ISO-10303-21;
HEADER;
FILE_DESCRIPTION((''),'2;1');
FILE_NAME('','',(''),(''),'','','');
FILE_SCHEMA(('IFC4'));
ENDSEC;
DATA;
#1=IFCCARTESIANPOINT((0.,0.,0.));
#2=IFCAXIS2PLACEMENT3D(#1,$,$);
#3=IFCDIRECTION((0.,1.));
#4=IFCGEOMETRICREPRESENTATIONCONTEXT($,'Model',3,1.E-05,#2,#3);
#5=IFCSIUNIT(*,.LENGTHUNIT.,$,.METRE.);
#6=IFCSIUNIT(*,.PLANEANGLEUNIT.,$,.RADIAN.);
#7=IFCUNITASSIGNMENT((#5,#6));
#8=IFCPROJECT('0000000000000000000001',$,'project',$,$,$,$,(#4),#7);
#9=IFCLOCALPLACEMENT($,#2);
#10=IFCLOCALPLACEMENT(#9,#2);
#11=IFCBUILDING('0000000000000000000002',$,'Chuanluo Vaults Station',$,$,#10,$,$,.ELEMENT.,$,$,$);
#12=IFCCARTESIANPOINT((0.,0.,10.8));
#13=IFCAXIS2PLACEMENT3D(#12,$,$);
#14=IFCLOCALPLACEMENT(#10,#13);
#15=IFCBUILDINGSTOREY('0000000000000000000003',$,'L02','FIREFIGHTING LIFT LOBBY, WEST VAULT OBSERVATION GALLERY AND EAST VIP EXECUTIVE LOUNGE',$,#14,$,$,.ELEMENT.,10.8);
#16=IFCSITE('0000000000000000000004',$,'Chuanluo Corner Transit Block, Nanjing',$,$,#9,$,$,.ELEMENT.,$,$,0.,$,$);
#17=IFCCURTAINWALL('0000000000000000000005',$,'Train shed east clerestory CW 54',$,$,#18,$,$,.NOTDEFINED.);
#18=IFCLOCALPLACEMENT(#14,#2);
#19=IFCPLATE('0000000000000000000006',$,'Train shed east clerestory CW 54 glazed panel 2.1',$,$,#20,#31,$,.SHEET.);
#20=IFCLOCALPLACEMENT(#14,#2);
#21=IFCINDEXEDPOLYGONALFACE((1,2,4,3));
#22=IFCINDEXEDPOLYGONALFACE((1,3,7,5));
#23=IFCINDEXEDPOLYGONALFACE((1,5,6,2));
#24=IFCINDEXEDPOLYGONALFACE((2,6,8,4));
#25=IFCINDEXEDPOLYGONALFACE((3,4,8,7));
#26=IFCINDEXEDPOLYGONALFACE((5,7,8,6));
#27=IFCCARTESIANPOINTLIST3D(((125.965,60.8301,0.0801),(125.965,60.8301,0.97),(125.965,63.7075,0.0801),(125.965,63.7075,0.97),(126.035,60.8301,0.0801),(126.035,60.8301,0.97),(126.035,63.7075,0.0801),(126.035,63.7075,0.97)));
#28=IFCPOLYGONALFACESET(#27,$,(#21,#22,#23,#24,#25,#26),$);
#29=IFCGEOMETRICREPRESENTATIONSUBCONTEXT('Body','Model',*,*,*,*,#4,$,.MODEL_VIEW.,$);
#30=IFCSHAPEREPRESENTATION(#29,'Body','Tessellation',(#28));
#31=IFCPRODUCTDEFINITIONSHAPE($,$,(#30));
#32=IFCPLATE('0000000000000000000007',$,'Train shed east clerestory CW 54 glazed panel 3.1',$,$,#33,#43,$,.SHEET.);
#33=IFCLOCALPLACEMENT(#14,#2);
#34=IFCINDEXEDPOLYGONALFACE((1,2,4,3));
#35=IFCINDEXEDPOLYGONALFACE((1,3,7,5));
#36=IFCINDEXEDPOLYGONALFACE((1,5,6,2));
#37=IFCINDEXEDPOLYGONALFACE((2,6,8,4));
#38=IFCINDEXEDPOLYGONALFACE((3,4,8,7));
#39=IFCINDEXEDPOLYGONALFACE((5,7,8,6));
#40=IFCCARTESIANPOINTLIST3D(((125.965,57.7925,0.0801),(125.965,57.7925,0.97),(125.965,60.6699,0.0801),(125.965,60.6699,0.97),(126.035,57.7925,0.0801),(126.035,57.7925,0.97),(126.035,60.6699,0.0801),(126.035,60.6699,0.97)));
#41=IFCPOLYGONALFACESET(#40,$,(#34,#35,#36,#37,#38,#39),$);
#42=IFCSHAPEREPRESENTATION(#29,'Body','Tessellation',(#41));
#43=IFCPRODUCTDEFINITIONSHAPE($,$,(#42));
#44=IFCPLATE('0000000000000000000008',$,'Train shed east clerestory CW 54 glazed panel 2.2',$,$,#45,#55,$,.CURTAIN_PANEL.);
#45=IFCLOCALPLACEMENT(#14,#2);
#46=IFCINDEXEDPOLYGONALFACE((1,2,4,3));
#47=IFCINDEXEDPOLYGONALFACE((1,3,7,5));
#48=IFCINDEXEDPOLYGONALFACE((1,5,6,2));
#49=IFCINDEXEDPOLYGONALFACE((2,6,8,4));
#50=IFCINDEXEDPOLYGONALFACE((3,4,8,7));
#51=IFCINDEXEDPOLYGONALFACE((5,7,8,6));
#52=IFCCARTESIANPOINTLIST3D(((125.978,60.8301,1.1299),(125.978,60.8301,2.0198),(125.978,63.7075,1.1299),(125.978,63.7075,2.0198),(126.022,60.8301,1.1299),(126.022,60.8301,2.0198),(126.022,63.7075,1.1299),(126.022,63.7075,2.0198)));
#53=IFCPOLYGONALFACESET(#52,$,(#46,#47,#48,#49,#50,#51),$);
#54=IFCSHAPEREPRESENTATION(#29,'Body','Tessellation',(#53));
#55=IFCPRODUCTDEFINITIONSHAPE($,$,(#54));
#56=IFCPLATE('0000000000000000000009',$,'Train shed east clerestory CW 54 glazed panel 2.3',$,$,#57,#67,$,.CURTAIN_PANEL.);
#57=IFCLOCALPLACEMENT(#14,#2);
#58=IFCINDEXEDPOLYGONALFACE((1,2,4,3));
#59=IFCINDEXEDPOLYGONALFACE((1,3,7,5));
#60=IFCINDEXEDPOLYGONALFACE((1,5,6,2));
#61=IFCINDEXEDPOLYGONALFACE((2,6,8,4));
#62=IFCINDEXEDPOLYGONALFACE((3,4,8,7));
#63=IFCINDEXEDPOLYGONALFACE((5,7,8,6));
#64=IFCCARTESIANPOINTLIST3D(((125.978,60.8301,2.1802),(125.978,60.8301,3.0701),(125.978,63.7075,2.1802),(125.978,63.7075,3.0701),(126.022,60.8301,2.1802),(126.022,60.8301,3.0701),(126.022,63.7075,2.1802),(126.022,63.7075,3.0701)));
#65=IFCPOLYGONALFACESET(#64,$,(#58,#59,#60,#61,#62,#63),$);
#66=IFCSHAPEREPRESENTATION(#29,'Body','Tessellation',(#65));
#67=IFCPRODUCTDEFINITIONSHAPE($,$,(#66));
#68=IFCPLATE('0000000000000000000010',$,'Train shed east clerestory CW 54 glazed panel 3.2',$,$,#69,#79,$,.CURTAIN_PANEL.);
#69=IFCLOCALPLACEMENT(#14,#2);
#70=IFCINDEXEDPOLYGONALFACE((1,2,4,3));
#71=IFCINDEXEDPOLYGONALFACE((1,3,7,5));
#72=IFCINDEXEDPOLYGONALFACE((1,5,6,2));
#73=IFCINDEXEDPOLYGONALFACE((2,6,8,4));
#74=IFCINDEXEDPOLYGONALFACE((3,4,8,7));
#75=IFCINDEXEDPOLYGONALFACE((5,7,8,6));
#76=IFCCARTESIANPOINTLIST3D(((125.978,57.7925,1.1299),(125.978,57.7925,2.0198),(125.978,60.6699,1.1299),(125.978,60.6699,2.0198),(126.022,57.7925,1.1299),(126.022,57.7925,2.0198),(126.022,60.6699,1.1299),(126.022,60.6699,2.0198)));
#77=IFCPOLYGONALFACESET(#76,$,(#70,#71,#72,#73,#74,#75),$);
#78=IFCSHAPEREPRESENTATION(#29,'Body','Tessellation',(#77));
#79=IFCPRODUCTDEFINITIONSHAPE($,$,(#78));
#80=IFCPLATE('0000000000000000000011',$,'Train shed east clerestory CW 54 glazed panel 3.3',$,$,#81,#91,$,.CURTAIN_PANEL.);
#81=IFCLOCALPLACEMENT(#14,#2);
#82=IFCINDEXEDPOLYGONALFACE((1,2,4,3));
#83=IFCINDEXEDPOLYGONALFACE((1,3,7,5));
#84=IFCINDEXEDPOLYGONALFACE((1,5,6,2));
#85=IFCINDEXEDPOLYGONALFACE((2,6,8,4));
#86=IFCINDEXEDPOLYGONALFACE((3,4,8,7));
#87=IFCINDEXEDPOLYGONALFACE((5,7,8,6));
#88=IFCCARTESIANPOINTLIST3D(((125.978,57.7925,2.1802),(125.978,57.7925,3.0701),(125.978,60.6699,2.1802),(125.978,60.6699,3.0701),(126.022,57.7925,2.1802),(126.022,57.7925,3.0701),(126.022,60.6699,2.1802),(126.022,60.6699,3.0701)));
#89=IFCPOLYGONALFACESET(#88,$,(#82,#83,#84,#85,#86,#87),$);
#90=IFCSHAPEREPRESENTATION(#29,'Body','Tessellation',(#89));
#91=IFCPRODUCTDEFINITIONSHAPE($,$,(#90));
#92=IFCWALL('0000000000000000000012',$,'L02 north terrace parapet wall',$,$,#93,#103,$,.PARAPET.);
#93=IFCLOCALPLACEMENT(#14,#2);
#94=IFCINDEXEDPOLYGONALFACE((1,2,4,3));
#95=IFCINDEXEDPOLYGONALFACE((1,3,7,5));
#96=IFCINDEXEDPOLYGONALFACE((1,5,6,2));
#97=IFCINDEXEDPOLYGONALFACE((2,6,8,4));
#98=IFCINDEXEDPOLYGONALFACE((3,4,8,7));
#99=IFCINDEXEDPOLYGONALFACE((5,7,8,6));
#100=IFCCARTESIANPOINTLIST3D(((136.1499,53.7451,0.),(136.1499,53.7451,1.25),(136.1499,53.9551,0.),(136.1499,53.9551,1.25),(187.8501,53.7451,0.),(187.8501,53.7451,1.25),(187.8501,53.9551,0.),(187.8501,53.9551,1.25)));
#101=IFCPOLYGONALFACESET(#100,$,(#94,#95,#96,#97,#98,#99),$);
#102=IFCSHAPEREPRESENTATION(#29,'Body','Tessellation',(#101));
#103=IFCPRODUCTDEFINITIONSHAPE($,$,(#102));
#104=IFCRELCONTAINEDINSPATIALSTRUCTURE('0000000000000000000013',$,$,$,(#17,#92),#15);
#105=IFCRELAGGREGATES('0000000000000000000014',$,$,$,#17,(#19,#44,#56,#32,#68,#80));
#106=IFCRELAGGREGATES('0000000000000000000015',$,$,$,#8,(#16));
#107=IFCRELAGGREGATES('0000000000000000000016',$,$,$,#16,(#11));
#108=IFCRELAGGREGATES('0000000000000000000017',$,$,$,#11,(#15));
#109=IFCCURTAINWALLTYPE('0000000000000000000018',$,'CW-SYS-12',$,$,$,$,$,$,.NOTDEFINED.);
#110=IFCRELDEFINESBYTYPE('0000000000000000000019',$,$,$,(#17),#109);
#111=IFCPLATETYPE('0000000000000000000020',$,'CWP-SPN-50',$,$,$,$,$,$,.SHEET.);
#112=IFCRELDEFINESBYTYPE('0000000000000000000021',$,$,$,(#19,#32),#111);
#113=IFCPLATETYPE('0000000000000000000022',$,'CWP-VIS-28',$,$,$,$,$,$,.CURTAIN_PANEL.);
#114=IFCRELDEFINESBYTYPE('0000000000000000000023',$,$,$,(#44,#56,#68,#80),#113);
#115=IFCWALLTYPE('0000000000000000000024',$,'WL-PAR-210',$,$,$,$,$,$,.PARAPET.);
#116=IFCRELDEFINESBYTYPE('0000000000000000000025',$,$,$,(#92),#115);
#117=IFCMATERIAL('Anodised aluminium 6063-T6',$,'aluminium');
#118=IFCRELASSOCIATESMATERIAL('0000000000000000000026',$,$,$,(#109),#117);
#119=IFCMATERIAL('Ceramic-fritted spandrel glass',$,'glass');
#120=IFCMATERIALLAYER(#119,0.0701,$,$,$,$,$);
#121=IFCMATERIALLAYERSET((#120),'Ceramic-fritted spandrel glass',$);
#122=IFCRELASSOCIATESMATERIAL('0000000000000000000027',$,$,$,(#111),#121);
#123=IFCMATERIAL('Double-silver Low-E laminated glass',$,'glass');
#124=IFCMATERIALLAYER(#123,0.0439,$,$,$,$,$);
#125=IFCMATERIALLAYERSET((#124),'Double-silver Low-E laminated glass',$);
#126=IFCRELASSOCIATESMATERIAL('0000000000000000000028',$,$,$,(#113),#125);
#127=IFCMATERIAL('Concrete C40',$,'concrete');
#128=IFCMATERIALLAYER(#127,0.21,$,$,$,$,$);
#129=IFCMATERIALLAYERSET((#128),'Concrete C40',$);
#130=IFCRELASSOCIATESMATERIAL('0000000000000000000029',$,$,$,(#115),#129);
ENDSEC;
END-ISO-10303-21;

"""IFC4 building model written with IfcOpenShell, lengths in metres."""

from ifc_helpers import new_model, si_unit, direction, frame, frame_2d, origin, origin_2d, place, context, subcontext, project, spatial, rectangle, extrude, material, layer, layer_set, type_object, element, aggregate, save


model = new_model("IFC4")

# Units and contexts
model_context = context("Model", 3, precision=1e-05, world=origin(), true_north=direction((0.0, 1.0)))
body_context = subcontext(model_context, "Body", "Model", "MODEL_VIEW")
ifc_project = project(units=[si_unit("LENGTHUNIT", "METRE"), si_unit("PLANEANGLEUNIT", "RADIAN")], contexts=[model_context])

# Site, building, storey
site_placement = place(None, origin())
site = spatial("IfcSite", under=ifc_project, at=site_placement, Name="Chuanluo Corner Transit Block, Nanjing", CompositionType="ELEMENT", RefElevation=0.0)
building_placement = place(site_placement, origin())
building = spatial("IfcBuilding", under=site, at=building_placement, Name="Chuanluo Vaults Station", CompositionType="ELEMENT")
storey_placement = place(building_placement, frame((0.0, 0.0, 10.8)))
storey = spatial("IfcBuildingStorey", under=building, at=storey_placement, Name="L02", Description="FIREFIGHTING LIFT LOBBY, WEST VAULT OBSERVATION GALLERY AND EAST VIP EXECUTIVE LOUNGE", CompositionType="ELEMENT", Elevation=10.8)

# Curtain wall, plates
ifc_material_1 = material(Name="Anodised aluminium 6063-T6", Category="aluminium")
curtain_wall_type = type_object("IfcCurtainWallType", Name="CW-SYS-12", PredefinedType="NOTDEFINED", material=ifc_material_1)
curtain_wall_placement = place(storey_placement, origin())
curtain_wall = element("IfcCurtainWall", 1, at=curtain_wall_placement, inside=storey, type_object=curtain_wall_type, Name="Train shed east clerestory CW 54", PredefinedType="NOTDEFINED")
ifc_material_2 = material(Name="Ceramic-fritted spandrel glass", Category="glass")
ifc_layer_1 = layer(ifc_material_2, 0.0701)
ifc_layer_set_1 = layer_set([ifc_layer_1], Name="Ceramic-fritted spandrel glass")
plate_type_1 = type_object("IfcPlateType", Name="CWP-SPN-50", PredefinedType="SHEET", material=ifc_layer_set_1)
plate_1_placement = place(storey_placement, frame((126.0, 62.2688, 0.0801), z_axis=(0.0, 0.0, 1.0), x_axis=(0.0, -1.0, 0.0)))
plate_1 = element("IfcPlate", 2, at=plate_1_placement, type_object=plate_type_1, Name="Train shed east clerestory CW 54 glazed panel 2.1", PredefinedType="SHEET", context=body_context, shape_type="SweptSolid", body=[
    extrude(rectangle(XDim=2.8774, YDim=0.0701, at=origin_2d()), origin(), (0.0, 0.0, 1.0), 0.8899),
])
plate_2_placement = place(storey_placement, frame((126.0, 59.2312, 0.0801), z_axis=(0.0, 0.0, 1.0), x_axis=(0.0, -1.0, 0.0)))
plate_2 = element("IfcPlate", 3, at=plate_2_placement, type_object=plate_type_1, Name="Train shed east clerestory CW 54 glazed panel 3.1", PredefinedType="SHEET", context=body_context, shape_type="SweptSolid", body=[
    extrude(rectangle(XDim=2.8774, YDim=0.0701, at=origin_2d()), origin(), (0.0, 0.0, 1.0), 0.8899),
])
ifc_material_3 = material(Name="Double-silver Low-E laminated glass", Category="glass")
ifc_layer_2 = layer(ifc_material_3, 0.0439)
ifc_layer_set_2 = layer_set([ifc_layer_2], Name="Double-silver Low-E laminated glass")
plate_type_2 = type_object("IfcPlateType", Name="CWP-VIS-28", PredefinedType="CURTAIN_PANEL", material=ifc_layer_set_2)
plate_3_placement = place(storey_placement, frame((126.0, 62.2688, 1.1299), z_axis=(0.0, 0.0, 1.0), x_axis=(0.0, -1.0, 0.0)))
plate_3 = element("IfcPlate", 4, at=plate_3_placement, type_object=plate_type_2, Name="Train shed east clerestory CW 54 glazed panel 2.2", PredefinedType="CURTAIN_PANEL", context=body_context, shape_type="SweptSolid", body=[
    extrude(rectangle(XDim=2.8774, YDim=0.0439, at=origin_2d()), origin(), (0.0, 0.0, 1.0), 0.8899),
])
plate_4_placement = place(storey_placement, frame((126.0, 62.2688, 2.1802), z_axis=(0.0, 0.0, 1.0), x_axis=(0.0, -1.0, 0.0)))
plate_4 = element("IfcPlate", 5, at=plate_4_placement, type_object=plate_type_2, Name="Train shed east clerestory CW 54 glazed panel 2.3", PredefinedType="CURTAIN_PANEL", context=body_context, shape_type="SweptSolid", body=[
    extrude(rectangle(XDim=2.8774, YDim=0.0439, at=origin_2d()), origin(), (0.0, 0.0, 1.0), 0.8899),
])
plate_5_placement = place(storey_placement, frame((126.0, 59.2312, 1.1299), z_axis=(0.0, 0.0, 1.0), x_axis=(0.0, -1.0, 0.0)))
plate_5 = element("IfcPlate", 6, at=plate_5_placement, type_object=plate_type_2, Name="Train shed east clerestory CW 54 glazed panel 3.2", PredefinedType="CURTAIN_PANEL", context=body_context, shape_type="SweptSolid", body=[
    extrude(rectangle(XDim=2.8774, YDim=0.0439, at=origin_2d()), origin(), (0.0, 0.0, 1.0), 0.8899),
])
plate_6_placement = place(storey_placement, frame((126.0, 59.2312, 2.1802), z_axis=(0.0, 0.0, 1.0), x_axis=(0.0, -1.0, 0.0)))
plate_6 = element("IfcPlate", 7, at=plate_6_placement, type_object=plate_type_2, Name="Train shed east clerestory CW 54 glazed panel 3.3", PredefinedType="CURTAIN_PANEL", context=body_context, shape_type="SweptSolid", body=[
    extrude(rectangle(XDim=2.8774, YDim=0.0439, at=origin_2d()), origin(), (0.0, 0.0, 1.0), 0.8899),
])
aggregate(curtain_wall, [plate_1, plate_3, plate_4, plate_2, plate_5, plate_6])

# Wall
ifc_material_4 = material(Name="Concrete C40", Category="concrete")
ifc_layer_3 = layer(ifc_material_4, 0.21)
ifc_layer_set_3 = layer_set([ifc_layer_3], Name="Concrete C40")
wall_type = type_object("IfcWallType", Name="WL-PAR-210", PredefinedType="PARAPET", material=ifc_layer_set_3)
wall_placement = place(storey_placement, frame((136.1499, 53.8501, 0.0), z_axis=(0.0, 0.0, 1.0), x_axis=(1.0, 0.0, 0.0)))
element("IfcWall", 8, at=wall_placement, inside=storey, type_object=wall_type, Name="L02 north terrace parapet wall", PredefinedType="PARAPET", context=body_context, shape_type="SweptSolid", body=[
    extrude(rectangle(XDim=51.7002, YDim=0.21, at=frame_2d((25.8501, 0.0))), origin(), (0.0, 0.0, 1.0), 1.25),
])

save(model, "model.ifc")
